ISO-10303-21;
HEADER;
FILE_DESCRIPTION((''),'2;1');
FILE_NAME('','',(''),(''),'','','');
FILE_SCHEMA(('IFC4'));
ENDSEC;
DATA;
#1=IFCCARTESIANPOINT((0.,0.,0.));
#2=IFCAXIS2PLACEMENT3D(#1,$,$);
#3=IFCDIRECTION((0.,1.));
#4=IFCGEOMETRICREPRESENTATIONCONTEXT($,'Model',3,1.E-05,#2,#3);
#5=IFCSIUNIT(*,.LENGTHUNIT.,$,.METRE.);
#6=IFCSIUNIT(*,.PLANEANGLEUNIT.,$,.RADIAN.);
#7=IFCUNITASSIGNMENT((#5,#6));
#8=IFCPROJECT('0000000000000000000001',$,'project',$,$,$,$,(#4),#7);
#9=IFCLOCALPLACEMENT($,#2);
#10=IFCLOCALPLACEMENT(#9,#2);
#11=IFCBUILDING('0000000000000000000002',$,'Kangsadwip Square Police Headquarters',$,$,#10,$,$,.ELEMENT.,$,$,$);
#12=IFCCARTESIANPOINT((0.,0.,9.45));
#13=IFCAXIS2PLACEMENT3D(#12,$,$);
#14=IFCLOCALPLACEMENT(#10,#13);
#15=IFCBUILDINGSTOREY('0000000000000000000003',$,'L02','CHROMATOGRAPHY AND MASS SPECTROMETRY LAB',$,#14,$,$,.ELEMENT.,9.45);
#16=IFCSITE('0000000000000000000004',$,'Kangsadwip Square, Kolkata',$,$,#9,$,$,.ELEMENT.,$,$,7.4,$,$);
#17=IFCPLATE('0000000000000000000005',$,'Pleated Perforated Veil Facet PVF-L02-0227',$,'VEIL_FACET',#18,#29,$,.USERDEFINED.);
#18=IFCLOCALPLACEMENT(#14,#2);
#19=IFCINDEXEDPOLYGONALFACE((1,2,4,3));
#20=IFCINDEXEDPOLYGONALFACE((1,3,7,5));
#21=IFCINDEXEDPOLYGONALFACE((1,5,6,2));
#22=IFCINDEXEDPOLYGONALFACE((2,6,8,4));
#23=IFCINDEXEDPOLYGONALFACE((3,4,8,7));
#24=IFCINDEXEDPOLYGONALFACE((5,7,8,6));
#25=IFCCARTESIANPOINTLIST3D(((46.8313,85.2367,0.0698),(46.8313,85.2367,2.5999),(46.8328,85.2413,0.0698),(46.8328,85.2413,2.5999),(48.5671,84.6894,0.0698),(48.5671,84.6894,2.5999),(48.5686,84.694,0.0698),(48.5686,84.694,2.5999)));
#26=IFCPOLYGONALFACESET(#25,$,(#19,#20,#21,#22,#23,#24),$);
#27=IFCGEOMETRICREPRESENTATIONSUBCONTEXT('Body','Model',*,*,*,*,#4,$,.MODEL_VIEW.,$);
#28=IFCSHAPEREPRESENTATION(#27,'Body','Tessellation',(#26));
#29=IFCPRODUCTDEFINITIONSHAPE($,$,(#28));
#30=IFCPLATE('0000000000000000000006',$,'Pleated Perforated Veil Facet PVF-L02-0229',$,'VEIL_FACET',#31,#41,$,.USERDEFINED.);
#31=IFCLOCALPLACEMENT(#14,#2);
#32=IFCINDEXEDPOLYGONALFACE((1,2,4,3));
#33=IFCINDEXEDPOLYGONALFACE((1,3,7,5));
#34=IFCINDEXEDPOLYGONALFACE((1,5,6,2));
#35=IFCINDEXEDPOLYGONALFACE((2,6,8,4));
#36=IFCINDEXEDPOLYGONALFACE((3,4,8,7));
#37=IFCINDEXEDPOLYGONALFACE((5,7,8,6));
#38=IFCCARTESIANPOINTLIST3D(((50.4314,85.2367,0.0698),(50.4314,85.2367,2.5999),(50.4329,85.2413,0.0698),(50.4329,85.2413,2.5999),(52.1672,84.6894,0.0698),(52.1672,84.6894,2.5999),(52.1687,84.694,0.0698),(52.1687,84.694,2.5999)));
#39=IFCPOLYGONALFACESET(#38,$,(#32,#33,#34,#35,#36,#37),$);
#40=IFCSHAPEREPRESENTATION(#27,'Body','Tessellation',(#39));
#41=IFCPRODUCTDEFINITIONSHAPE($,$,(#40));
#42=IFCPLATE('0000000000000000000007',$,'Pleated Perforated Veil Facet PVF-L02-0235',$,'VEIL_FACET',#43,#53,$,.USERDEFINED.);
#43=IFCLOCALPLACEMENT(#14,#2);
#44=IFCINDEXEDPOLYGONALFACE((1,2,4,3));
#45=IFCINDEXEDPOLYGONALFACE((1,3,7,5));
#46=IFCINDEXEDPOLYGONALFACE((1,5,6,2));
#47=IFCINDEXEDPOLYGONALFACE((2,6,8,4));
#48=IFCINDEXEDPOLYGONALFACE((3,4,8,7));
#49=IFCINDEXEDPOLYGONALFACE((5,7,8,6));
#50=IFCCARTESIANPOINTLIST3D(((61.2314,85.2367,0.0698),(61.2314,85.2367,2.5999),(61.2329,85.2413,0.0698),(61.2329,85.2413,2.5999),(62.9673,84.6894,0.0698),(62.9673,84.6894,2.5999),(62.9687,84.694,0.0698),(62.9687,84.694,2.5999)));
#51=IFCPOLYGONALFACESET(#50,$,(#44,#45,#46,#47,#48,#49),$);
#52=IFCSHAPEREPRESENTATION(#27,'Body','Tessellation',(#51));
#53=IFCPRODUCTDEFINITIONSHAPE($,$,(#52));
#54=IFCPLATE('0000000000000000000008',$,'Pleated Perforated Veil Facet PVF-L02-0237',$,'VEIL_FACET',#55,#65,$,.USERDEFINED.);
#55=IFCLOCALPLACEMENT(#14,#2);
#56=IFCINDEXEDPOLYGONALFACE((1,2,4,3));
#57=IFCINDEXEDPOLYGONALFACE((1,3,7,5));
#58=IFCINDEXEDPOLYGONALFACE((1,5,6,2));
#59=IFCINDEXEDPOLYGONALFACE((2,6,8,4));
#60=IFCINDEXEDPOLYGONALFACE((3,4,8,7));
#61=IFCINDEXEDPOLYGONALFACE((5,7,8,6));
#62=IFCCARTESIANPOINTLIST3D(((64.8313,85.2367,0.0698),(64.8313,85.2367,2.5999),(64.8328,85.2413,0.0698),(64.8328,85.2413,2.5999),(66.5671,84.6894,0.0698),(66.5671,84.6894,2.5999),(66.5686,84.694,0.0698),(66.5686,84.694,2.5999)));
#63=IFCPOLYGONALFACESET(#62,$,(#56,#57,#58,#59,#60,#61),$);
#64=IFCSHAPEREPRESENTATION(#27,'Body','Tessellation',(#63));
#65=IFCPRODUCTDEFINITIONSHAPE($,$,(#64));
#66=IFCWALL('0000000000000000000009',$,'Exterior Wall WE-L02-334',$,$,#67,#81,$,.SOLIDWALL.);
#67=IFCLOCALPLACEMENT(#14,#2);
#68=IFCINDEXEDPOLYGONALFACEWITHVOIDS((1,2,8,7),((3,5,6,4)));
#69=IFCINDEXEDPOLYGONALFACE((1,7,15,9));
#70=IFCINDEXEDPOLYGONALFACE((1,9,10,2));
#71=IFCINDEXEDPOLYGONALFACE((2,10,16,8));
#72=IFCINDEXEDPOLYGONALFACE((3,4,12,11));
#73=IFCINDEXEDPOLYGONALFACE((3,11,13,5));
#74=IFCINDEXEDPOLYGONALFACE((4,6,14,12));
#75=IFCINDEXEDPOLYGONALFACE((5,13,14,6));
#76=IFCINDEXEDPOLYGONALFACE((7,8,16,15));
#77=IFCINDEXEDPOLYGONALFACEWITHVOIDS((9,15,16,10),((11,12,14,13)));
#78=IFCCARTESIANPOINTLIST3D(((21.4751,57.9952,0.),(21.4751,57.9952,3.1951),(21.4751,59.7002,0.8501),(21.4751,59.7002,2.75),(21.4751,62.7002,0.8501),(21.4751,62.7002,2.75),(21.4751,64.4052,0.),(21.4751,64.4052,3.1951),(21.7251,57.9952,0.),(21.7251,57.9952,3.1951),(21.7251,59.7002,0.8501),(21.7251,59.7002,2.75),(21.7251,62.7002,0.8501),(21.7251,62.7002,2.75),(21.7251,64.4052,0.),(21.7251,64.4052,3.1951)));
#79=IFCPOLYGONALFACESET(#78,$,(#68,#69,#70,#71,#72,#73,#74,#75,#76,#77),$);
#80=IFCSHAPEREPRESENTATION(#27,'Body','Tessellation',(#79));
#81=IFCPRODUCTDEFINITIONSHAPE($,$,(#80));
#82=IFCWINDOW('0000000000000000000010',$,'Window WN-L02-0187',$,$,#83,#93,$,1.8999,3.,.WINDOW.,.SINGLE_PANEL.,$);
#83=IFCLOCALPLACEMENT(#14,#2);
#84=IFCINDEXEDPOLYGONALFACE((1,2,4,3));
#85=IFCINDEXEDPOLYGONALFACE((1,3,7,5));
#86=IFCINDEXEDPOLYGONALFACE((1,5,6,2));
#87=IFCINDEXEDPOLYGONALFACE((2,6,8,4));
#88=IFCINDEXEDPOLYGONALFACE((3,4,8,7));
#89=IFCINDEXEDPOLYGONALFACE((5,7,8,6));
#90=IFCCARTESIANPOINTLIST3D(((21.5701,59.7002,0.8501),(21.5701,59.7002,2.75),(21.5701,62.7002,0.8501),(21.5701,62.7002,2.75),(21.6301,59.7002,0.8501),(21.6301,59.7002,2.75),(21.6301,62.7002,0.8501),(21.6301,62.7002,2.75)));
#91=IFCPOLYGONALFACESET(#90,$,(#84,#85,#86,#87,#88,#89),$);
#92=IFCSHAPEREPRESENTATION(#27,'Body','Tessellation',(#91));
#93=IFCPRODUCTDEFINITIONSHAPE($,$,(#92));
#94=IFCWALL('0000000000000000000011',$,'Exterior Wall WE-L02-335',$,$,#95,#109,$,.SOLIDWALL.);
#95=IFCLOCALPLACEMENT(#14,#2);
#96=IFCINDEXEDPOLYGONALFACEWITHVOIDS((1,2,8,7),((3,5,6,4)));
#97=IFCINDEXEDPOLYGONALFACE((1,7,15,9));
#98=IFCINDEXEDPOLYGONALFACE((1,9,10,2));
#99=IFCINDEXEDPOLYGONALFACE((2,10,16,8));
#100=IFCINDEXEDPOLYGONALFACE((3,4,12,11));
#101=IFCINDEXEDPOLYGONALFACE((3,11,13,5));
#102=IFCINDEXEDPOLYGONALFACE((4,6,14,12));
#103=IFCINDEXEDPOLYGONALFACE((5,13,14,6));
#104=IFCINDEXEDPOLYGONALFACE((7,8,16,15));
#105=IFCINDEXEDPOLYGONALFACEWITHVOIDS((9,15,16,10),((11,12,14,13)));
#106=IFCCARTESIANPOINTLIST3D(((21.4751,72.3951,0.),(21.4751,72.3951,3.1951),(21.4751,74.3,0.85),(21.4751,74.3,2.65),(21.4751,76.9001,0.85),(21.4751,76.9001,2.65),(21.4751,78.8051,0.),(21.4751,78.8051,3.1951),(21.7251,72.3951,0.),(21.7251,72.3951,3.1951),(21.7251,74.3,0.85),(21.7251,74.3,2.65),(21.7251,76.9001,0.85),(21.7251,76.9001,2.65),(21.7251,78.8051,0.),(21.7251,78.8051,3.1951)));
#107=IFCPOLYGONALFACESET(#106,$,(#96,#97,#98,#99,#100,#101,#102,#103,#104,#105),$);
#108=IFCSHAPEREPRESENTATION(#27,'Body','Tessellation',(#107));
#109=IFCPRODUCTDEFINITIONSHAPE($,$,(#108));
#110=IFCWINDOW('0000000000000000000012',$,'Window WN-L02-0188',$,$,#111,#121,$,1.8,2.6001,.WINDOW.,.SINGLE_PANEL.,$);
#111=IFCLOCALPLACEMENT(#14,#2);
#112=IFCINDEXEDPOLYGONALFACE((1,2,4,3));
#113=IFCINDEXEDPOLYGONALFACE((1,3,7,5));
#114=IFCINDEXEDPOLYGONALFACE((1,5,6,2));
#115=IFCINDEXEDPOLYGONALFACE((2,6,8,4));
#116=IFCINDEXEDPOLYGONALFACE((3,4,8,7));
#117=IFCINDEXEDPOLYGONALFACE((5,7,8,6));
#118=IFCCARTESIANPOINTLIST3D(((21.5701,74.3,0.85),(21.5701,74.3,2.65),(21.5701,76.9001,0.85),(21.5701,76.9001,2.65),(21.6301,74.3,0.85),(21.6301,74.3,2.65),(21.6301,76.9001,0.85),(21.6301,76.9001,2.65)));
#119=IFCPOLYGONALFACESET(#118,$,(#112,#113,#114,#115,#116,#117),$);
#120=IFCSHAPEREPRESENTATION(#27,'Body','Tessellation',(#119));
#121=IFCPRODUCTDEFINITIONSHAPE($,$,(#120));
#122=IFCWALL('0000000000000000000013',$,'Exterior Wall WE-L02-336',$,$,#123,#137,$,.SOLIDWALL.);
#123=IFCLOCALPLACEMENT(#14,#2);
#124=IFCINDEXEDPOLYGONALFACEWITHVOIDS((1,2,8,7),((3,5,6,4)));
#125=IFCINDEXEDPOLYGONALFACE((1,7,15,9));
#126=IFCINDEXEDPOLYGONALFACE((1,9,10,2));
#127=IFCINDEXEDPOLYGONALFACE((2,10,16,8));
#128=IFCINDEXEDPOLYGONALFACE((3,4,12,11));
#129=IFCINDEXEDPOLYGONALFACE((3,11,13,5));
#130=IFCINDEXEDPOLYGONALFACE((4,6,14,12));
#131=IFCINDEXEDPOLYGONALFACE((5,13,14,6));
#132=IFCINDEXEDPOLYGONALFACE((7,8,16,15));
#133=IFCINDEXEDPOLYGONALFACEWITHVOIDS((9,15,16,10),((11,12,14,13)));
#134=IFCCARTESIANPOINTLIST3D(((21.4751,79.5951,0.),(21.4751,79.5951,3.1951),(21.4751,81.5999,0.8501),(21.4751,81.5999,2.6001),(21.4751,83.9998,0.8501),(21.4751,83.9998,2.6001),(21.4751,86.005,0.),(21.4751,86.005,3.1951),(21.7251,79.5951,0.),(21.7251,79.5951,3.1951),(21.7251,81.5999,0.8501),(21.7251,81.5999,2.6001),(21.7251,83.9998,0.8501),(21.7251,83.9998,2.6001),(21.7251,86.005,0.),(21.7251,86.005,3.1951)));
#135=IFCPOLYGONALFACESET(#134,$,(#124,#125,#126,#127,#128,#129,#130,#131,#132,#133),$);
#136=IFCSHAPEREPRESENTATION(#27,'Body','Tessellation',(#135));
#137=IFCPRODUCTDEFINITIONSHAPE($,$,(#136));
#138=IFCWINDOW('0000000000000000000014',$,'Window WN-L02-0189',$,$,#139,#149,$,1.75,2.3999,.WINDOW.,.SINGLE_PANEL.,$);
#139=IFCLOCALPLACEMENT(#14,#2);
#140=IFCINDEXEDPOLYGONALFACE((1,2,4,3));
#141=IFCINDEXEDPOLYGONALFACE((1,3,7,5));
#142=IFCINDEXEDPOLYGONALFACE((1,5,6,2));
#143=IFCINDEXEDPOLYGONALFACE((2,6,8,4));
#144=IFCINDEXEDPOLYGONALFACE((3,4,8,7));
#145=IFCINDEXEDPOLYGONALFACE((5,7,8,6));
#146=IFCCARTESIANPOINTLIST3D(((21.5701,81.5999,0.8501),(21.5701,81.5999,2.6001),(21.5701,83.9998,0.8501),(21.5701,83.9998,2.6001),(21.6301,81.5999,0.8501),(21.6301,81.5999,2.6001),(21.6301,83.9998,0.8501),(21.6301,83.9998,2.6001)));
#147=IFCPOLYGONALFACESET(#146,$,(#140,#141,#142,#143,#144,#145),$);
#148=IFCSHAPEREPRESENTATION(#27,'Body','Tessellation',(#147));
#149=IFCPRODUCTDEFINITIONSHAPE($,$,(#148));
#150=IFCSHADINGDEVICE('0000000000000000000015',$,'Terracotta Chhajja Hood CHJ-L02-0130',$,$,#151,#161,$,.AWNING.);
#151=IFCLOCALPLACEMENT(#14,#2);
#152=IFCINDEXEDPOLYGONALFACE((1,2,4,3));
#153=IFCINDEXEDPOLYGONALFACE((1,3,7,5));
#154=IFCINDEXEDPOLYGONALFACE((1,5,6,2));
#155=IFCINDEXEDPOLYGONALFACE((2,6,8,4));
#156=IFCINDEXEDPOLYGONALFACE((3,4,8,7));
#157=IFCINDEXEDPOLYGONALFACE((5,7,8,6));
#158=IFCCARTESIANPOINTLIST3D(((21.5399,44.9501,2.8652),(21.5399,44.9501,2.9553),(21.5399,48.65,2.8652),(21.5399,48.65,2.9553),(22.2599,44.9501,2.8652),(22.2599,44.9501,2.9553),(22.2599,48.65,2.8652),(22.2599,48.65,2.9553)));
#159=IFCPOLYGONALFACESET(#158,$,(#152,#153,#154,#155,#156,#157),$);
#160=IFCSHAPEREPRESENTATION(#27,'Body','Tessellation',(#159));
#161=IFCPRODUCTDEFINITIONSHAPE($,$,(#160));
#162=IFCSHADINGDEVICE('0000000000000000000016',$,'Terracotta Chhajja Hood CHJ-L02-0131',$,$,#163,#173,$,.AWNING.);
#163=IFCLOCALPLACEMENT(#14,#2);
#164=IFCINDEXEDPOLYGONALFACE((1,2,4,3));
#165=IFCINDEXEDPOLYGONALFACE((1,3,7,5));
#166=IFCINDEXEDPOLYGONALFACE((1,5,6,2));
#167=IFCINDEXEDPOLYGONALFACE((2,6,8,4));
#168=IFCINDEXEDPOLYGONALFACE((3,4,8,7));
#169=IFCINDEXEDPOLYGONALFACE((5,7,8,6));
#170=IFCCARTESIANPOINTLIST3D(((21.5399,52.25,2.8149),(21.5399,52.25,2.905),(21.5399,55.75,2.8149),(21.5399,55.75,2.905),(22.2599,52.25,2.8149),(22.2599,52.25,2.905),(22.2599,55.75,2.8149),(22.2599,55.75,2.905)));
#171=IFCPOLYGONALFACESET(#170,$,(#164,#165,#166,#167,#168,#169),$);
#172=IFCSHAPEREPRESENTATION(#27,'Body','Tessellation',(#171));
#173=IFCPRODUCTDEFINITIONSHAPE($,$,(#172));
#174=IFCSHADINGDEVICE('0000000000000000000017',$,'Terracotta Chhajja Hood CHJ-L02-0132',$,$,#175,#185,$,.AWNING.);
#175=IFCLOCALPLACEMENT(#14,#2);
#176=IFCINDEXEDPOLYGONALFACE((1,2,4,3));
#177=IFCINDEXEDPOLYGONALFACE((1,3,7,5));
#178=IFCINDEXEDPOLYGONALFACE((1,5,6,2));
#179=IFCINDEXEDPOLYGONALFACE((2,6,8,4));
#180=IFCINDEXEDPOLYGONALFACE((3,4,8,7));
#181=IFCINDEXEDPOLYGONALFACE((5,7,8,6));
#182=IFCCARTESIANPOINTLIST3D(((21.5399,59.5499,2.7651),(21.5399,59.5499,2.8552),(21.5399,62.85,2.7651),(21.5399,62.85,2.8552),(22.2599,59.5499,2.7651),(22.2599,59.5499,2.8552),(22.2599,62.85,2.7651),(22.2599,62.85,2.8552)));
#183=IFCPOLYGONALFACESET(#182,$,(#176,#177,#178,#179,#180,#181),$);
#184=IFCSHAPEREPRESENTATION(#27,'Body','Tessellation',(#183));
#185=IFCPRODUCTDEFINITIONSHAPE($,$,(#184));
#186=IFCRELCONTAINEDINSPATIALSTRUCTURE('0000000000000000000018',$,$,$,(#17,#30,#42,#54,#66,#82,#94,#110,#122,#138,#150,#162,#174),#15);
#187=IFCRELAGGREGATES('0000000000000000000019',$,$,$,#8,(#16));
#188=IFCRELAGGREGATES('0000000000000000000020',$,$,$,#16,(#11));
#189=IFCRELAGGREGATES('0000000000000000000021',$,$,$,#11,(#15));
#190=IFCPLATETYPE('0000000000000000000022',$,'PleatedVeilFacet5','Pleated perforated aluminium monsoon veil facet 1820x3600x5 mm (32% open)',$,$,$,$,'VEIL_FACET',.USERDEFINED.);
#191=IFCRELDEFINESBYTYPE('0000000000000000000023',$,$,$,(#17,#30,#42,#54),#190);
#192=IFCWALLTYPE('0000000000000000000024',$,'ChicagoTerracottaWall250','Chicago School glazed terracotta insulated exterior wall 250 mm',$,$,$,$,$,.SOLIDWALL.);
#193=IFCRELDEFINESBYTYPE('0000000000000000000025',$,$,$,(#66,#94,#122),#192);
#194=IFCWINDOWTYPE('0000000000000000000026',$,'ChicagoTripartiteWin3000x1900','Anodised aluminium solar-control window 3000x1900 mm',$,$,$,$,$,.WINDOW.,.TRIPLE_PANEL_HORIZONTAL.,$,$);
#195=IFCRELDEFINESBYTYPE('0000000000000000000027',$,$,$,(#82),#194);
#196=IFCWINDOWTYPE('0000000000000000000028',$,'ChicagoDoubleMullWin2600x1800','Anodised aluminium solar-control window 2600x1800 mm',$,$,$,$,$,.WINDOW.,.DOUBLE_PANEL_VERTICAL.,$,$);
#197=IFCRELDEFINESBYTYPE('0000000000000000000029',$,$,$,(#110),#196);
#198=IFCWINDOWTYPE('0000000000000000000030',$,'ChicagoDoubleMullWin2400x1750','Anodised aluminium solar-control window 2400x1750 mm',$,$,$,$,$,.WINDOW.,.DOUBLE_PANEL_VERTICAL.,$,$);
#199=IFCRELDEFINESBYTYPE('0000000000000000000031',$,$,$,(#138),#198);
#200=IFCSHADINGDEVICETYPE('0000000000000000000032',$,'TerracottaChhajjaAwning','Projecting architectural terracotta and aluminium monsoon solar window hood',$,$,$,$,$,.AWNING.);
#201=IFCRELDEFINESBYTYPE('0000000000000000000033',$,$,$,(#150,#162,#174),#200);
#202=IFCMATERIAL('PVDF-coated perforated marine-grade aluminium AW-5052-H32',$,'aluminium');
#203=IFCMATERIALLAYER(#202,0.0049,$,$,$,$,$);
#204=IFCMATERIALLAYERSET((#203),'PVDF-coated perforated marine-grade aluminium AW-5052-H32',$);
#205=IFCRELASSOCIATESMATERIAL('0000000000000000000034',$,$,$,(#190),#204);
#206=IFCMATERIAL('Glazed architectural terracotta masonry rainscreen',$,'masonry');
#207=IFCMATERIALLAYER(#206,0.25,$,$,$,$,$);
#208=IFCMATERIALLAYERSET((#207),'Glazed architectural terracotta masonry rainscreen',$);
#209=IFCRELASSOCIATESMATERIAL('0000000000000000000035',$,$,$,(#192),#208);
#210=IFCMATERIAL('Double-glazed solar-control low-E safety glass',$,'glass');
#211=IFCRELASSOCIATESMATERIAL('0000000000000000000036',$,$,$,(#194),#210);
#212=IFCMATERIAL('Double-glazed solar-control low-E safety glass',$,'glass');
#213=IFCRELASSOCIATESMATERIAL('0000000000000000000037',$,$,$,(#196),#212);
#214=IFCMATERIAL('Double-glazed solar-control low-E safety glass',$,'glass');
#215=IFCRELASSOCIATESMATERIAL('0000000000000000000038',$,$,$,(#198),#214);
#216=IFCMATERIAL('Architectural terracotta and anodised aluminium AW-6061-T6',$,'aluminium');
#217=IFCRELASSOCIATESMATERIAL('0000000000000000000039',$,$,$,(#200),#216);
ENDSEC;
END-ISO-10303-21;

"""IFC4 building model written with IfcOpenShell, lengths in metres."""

from ifc_helpers import new_model, si_unit, direction, frame, frame_2d, origin, origin_2d, place, context, subcontext, project, spatial, rectangle, extrude, material, layer, layer_set, type_object, element, fill, save


model = new_model("IFC4")

# Units and contexts
model_context = context("Model", 3, precision=1e-05, world=origin(), true_north=direction((0.0, 1.0)))
body_context = subcontext(model_context, "Body", "Model", "MODEL_VIEW")
ifc_project = project(units=[si_unit("LENGTHUNIT", "METRE"), si_unit("PLANEANGLEUNIT", "RADIAN")], contexts=[model_context])

# Site, building, storey
site_placement = place(None, origin())
site = spatial("IfcSite", under=ifc_project, at=site_placement, Name="Kangsadwip Square, Kolkata", CompositionType="ELEMENT", RefElevation=7.4)
building_placement = place(site_placement, origin())
building = spatial("IfcBuilding", under=site, at=building_placement, Name="Kangsadwip Square Police Headquarters", CompositionType="ELEMENT")
storey_placement = place(building_placement, frame((0.0, 0.0, 9.45)))
storey = spatial("IfcBuildingStorey", under=building, at=storey_placement, Name="L02", Description="CHROMATOGRAPHY AND MASS SPECTROMETRY LAB", CompositionType="ELEMENT", Elevation=9.45)

# Plates
ifc_material_1 = material(Name="PVDF-coated perforated marine-grade aluminium AW-5052-H32", Category="aluminium")
ifc_layer_1 = layer(ifc_material_1, 0.0049)
ifc_layer_set_1 = layer_set([ifc_layer_1], Name="PVDF-coated perforated marine-grade aluminium AW-5052-H32")
plate_type_1 = type_object("IfcPlateType", Name="PleatedVeilFacet5", Description="Pleated perforated aluminium monsoon veil facet 1820x3600x5 mm (32% open)", ElementType="VEIL_FACET", PredefinedType="USERDEFINED", material=ifc_layer_set_1)
for number, where, z_axis, x_axis, name in (
    (1, (47.7, 84.9653, 0.0698), (0.0, 0.0, 1.0), (0.953717, -0.300706, 0.0), "Pleated Perforated Veil Facet PVF-L02-0227"),
    (2, (51.3, 84.9653, 0.0698), (0.0, 0.0, 1.0), (0.953717, -0.300706, 0.0), "Pleated Perforated Veil Facet PVF-L02-0229"),
    (3, (62.1001, 84.9653, 0.0698), (0.0, 0.0, 1.0), (0.953717, -0.300706, 0.0), "Pleated Perforated Veil Facet PVF-L02-0235"),
    (4, (65.7, 84.9653, 0.0698), (0.0, 0.0, 1.0), (0.953717, -0.300706, 0.0), "Pleated Perforated Veil Facet PVF-L02-0237"),
):
    element("IfcPlate", number, at=place(storey_placement, frame(where, z_axis=z_axis, x_axis=x_axis)), inside=storey, type_object=plate_type_1, Name=name, ObjectType="VEIL_FACET", PredefinedType="USERDEFINED", context=body_context, shape_type="SweptSolid", body=[
        extrude(rectangle(XDim=1.8201, YDim=0.0049, at=origin_2d()), origin(), (0.0, 0.0, 1.0), 2.53),
    ])

# Walls, openings, windows
ifc_material_2 = material(Name="Glazed architectural terracotta masonry rainscreen", Category="masonry")
ifc_layer_2 = layer(ifc_material_2, 0.25)
ifc_layer_set_2 = layer_set([ifc_layer_2], Name="Glazed architectural terracotta masonry rainscreen")
wall_type = type_object("IfcWallType", Name="ChicagoTerracottaWall250", Description="Chicago School glazed terracotta insulated exterior wall 250 mm", PredefinedType="SOLIDWALL", material=ifc_layer_set_2)
wall_1_placement = place(storey_placement, frame((21.6001, 57.9951, 0.0), z_axis=(0.0, 0.0, 1.0), x_axis=(0.0, 1.0, 0.0)))
wall_1 = element("IfcWall", 5, at=wall_1_placement, inside=storey, type_object=wall_type, Name="Exterior Wall WE-L02-334", PredefinedType="SOLIDWALL", context=body_context, shape_type="SweptSolid", body=[
    extrude(rectangle(XDim=6.4099, YDim=0.25, at=frame_2d((3.2051, 0.0))), origin(), (0.0, 0.0, 1.0), 3.1951),
])
opening_1_placement = place(wall_1_placement, frame((1.7051, 0.0, 0.8501)))
opening_1 = element("IfcOpeningElement", 6, at=opening_1_placement, cuts=wall_1, PredefinedType="OPENING", context=body_context, shape_type="SweptSolid", body=[
    extrude(rectangle(XDim=3.0, YDim=1.8999, at=frame_2d((1.5, 0.95))), frame((0.0, 0.135, 0.0), z_axis=(0.0, -1.0, 0.0), x_axis=(1.0, 0.0, 0.0)), (0.0, 0.0, 1.0), 0.27),
])
ifc_material_3 = material(Name="Double-glazed solar-control low-E safety glass", Category="glass")
window_type_1 = type_object("IfcWindowType", Name="ChicagoTripartiteWin3000x1900", Description="Anodised aluminium solar-control window 3000x1900 mm", PartitioningType="TRIPLE_PANEL_HORIZONTAL", PredefinedType="WINDOW", material=ifc_material_3)
window_1_placement = place(opening_1_placement, origin())
window_1 = element("IfcWindow", 7, at=window_1_placement, inside=storey, type_object=window_type_1, Name="Window WN-L02-0187", OverallHeight=1.8999, OverallWidth=3.0, PartitioningType="SINGLE_PANEL", PredefinedType="WINDOW", context=body_context, shape_type="SweptSolid", body=[
    extrude(rectangle(XDim=3.0, YDim=1.8999, at=frame_2d((1.5, 0.95))), frame((0.0, 0.03, 0.0), z_axis=(0.0, -1.0, 0.0), x_axis=(1.0, 0.0, 0.0)), (0.0, 0.0, 1.0), 0.0601),
])
fill(opening_1, window_1)
wall_2_placement = place(storey_placement, frame((21.6001, 72.395, 0.0), z_axis=(0.0, 0.0, 1.0), x_axis=(0.0, 1.0, 0.0)))
wall_2 = element("IfcWall", 8, at=wall_2_placement, inside=storey, type_object=wall_type, Name="Exterior Wall WE-L02-335", PredefinedType="SOLIDWALL", context=body_context, shape_type="SweptSolid", body=[
    extrude(rectangle(XDim=6.4099, YDim=0.25, at=frame_2d((3.2051, 0.0))), origin(), (0.0, 0.0, 1.0), 3.1951),
])
opening_2_placement = place(wall_2_placement, frame((1.905, 0.0, 0.8501)))
opening_2 = element("IfcOpeningElement", 9, at=opening_2_placement, cuts=wall_2, PredefinedType="OPENING", context=body_context, shape_type="SweptSolid", body=[
    extrude(rectangle(XDim=2.6001, YDim=1.8, at=frame_2d((1.3, 0.8999))), frame((0.0, 0.135, 0.0), z_axis=(0.0, -1.0, 0.0), x_axis=(1.0, 0.0, 0.0)), (0.0, 0.0, 1.0), 0.27),
])
ifc_material_4 = material(Name="Double-glazed solar-control low-E safety glass", Category="glass")
window_type_2 = type_object("IfcWindowType", Name="ChicagoDoubleMullWin2600x1800", Description="Anodised aluminium solar-control window 2600x1800 mm", PartitioningType="DOUBLE_PANEL_VERTICAL", PredefinedType="WINDOW", material=ifc_material_4)
window_2_placement = place(opening_2_placement, origin())
window_2 = element("IfcWindow", 10, at=window_2_placement, inside=storey, type_object=window_type_2, Name="Window WN-L02-0188", OverallHeight=1.8, OverallWidth=2.6001, PartitioningType="SINGLE_PANEL", PredefinedType="WINDOW", context=body_context, shape_type="SweptSolid", body=[
    extrude(rectangle(XDim=2.6001, YDim=1.8, at=frame_2d((1.3, 0.8999))), frame((0.0, 0.03, 0.0), z_axis=(0.0, -1.0, 0.0), x_axis=(1.0, 0.0, 0.0)), (0.0, 0.0, 1.0), 0.0601),
])
fill(opening_2, window_2)
wall_3_placement = place(storey_placement, frame((21.6001, 79.595, 0.0), z_axis=(0.0, 0.0, 1.0), x_axis=(0.0, 1.0, 0.0)))
wall_3 = element("IfcWall", 11, at=wall_3_placement, inside=storey, type_object=wall_type, Name="Exterior Wall WE-L02-336", PredefinedType="SOLIDWALL", context=body_context, shape_type="SweptSolid", body=[
    extrude(rectangle(XDim=6.4099, YDim=0.25, at=frame_2d((3.2051, 0.0))), origin(), (0.0, 0.0, 1.0), 3.1951),
])
opening_3_placement = place(wall_3_placement, frame((2.0049, 0.0, 0.8501)))
opening_3 = element("IfcOpeningElement", 12, at=opening_3_placement, cuts=wall_3, PredefinedType="OPENING", context=body_context, shape_type="SweptSolid", body=[
    extrude(rectangle(XDim=2.3999, YDim=1.75, at=frame_2d((1.2, 0.875))), frame((0.0, 0.135, 0.0), z_axis=(0.0, -1.0, 0.0), x_axis=(1.0, 0.0, 0.0)), (0.0, 0.0, 1.0), 0.27),
])
ifc_material_5 = material(Name="Double-glazed solar-control low-E safety glass", Category="glass")
window_type_3 = type_object("IfcWindowType", Name="ChicagoDoubleMullWin2400x1750", Description="Anodised aluminium solar-control window 2400x1750 mm", PartitioningType="DOUBLE_PANEL_VERTICAL", PredefinedType="WINDOW", material=ifc_material_5)
window_3_placement = place(opening_3_placement, origin())
window_3 = element("IfcWindow", 13, at=window_3_placement, inside=storey, type_object=window_type_3, Name="Window WN-L02-0189", OverallHeight=1.75, OverallWidth=2.3999, PartitioningType="SINGLE_PANEL", PredefinedType="WINDOW", context=body_context, shape_type="SweptSolid", body=[
    extrude(rectangle(XDim=2.3999, YDim=1.75, at=frame_2d((1.2, 0.875))), frame((0.0, 0.03, 0.0), z_axis=(0.0, -1.0, 0.0), x_axis=(1.0, 0.0, 0.0)), (0.0, 0.0, 1.0), 0.0601),
])
fill(opening_3, window_3)

# Shading devices
ifc_material_6 = material(Name="Architectural terracotta and anodised aluminium AW-6061-T6", Category="aluminium")
shading_device_type = type_object("IfcShadingDeviceType", Name="TerracottaChhajjaAwning", Description="Projecting architectural terracotta and aluminium monsoon solar window hood", PredefinedType="AWNING", material=ifc_material_6)
shading_device_1_placement = place(storey_placement, frame((21.8999, 46.8, 2.8652), z_axis=(0.0, 0.0, 1.0), x_axis=(0.0, 1.0, 0.0)))
element("IfcShadingDevice", 14, at=shading_device_1_placement, inside=storey, type_object=shading_device_type, Name="Terracotta Chhajja Hood CHJ-L02-0130", PredefinedType="AWNING", context=body_context, shape_type="SweptSolid", body=[
    extrude(rectangle(XDim=3.7, YDim=0.72, at=origin_2d()), origin(), (0.0, 0.0, 1.0), 0.0901),
])
shading_device_2_placement = place(storey_placement, frame((21.8999, 54.0, 2.8149), z_axis=(0.0, 0.0, 1.0), x_axis=(0.0, 1.0, 0.0)))
element("IfcShadingDevice", 15, at=shading_device_2_placement, inside=storey, type_object=shading_device_type, Name="Terracotta Chhajja Hood CHJ-L02-0131", PredefinedType="AWNING", context=body_context, shape_type="SweptSolid", body=[
    extrude(rectangle(XDim=3.5, YDim=0.72, at=origin_2d()), origin(), (0.0, 0.0, 1.0), 0.0901),
])
shading_device_3_placement = place(storey_placement, frame((21.8999, 61.2, 2.7651), z_axis=(0.0, 0.0, 1.0), x_axis=(0.0, 1.0, 0.0)))
element("IfcShadingDevice", 16, at=shading_device_3_placement, inside=storey, type_object=shading_device_type, Name="Terracotta Chhajja Hood CHJ-L02-0132", PredefinedType="AWNING", context=body_context, shape_type="SweptSolid", body=[
    extrude(rectangle(XDim=3.3, YDim=0.72, at=origin_2d()), origin(), (0.0, 0.0, 1.0), 0.0901),
])

save(model, "model.ifc")
